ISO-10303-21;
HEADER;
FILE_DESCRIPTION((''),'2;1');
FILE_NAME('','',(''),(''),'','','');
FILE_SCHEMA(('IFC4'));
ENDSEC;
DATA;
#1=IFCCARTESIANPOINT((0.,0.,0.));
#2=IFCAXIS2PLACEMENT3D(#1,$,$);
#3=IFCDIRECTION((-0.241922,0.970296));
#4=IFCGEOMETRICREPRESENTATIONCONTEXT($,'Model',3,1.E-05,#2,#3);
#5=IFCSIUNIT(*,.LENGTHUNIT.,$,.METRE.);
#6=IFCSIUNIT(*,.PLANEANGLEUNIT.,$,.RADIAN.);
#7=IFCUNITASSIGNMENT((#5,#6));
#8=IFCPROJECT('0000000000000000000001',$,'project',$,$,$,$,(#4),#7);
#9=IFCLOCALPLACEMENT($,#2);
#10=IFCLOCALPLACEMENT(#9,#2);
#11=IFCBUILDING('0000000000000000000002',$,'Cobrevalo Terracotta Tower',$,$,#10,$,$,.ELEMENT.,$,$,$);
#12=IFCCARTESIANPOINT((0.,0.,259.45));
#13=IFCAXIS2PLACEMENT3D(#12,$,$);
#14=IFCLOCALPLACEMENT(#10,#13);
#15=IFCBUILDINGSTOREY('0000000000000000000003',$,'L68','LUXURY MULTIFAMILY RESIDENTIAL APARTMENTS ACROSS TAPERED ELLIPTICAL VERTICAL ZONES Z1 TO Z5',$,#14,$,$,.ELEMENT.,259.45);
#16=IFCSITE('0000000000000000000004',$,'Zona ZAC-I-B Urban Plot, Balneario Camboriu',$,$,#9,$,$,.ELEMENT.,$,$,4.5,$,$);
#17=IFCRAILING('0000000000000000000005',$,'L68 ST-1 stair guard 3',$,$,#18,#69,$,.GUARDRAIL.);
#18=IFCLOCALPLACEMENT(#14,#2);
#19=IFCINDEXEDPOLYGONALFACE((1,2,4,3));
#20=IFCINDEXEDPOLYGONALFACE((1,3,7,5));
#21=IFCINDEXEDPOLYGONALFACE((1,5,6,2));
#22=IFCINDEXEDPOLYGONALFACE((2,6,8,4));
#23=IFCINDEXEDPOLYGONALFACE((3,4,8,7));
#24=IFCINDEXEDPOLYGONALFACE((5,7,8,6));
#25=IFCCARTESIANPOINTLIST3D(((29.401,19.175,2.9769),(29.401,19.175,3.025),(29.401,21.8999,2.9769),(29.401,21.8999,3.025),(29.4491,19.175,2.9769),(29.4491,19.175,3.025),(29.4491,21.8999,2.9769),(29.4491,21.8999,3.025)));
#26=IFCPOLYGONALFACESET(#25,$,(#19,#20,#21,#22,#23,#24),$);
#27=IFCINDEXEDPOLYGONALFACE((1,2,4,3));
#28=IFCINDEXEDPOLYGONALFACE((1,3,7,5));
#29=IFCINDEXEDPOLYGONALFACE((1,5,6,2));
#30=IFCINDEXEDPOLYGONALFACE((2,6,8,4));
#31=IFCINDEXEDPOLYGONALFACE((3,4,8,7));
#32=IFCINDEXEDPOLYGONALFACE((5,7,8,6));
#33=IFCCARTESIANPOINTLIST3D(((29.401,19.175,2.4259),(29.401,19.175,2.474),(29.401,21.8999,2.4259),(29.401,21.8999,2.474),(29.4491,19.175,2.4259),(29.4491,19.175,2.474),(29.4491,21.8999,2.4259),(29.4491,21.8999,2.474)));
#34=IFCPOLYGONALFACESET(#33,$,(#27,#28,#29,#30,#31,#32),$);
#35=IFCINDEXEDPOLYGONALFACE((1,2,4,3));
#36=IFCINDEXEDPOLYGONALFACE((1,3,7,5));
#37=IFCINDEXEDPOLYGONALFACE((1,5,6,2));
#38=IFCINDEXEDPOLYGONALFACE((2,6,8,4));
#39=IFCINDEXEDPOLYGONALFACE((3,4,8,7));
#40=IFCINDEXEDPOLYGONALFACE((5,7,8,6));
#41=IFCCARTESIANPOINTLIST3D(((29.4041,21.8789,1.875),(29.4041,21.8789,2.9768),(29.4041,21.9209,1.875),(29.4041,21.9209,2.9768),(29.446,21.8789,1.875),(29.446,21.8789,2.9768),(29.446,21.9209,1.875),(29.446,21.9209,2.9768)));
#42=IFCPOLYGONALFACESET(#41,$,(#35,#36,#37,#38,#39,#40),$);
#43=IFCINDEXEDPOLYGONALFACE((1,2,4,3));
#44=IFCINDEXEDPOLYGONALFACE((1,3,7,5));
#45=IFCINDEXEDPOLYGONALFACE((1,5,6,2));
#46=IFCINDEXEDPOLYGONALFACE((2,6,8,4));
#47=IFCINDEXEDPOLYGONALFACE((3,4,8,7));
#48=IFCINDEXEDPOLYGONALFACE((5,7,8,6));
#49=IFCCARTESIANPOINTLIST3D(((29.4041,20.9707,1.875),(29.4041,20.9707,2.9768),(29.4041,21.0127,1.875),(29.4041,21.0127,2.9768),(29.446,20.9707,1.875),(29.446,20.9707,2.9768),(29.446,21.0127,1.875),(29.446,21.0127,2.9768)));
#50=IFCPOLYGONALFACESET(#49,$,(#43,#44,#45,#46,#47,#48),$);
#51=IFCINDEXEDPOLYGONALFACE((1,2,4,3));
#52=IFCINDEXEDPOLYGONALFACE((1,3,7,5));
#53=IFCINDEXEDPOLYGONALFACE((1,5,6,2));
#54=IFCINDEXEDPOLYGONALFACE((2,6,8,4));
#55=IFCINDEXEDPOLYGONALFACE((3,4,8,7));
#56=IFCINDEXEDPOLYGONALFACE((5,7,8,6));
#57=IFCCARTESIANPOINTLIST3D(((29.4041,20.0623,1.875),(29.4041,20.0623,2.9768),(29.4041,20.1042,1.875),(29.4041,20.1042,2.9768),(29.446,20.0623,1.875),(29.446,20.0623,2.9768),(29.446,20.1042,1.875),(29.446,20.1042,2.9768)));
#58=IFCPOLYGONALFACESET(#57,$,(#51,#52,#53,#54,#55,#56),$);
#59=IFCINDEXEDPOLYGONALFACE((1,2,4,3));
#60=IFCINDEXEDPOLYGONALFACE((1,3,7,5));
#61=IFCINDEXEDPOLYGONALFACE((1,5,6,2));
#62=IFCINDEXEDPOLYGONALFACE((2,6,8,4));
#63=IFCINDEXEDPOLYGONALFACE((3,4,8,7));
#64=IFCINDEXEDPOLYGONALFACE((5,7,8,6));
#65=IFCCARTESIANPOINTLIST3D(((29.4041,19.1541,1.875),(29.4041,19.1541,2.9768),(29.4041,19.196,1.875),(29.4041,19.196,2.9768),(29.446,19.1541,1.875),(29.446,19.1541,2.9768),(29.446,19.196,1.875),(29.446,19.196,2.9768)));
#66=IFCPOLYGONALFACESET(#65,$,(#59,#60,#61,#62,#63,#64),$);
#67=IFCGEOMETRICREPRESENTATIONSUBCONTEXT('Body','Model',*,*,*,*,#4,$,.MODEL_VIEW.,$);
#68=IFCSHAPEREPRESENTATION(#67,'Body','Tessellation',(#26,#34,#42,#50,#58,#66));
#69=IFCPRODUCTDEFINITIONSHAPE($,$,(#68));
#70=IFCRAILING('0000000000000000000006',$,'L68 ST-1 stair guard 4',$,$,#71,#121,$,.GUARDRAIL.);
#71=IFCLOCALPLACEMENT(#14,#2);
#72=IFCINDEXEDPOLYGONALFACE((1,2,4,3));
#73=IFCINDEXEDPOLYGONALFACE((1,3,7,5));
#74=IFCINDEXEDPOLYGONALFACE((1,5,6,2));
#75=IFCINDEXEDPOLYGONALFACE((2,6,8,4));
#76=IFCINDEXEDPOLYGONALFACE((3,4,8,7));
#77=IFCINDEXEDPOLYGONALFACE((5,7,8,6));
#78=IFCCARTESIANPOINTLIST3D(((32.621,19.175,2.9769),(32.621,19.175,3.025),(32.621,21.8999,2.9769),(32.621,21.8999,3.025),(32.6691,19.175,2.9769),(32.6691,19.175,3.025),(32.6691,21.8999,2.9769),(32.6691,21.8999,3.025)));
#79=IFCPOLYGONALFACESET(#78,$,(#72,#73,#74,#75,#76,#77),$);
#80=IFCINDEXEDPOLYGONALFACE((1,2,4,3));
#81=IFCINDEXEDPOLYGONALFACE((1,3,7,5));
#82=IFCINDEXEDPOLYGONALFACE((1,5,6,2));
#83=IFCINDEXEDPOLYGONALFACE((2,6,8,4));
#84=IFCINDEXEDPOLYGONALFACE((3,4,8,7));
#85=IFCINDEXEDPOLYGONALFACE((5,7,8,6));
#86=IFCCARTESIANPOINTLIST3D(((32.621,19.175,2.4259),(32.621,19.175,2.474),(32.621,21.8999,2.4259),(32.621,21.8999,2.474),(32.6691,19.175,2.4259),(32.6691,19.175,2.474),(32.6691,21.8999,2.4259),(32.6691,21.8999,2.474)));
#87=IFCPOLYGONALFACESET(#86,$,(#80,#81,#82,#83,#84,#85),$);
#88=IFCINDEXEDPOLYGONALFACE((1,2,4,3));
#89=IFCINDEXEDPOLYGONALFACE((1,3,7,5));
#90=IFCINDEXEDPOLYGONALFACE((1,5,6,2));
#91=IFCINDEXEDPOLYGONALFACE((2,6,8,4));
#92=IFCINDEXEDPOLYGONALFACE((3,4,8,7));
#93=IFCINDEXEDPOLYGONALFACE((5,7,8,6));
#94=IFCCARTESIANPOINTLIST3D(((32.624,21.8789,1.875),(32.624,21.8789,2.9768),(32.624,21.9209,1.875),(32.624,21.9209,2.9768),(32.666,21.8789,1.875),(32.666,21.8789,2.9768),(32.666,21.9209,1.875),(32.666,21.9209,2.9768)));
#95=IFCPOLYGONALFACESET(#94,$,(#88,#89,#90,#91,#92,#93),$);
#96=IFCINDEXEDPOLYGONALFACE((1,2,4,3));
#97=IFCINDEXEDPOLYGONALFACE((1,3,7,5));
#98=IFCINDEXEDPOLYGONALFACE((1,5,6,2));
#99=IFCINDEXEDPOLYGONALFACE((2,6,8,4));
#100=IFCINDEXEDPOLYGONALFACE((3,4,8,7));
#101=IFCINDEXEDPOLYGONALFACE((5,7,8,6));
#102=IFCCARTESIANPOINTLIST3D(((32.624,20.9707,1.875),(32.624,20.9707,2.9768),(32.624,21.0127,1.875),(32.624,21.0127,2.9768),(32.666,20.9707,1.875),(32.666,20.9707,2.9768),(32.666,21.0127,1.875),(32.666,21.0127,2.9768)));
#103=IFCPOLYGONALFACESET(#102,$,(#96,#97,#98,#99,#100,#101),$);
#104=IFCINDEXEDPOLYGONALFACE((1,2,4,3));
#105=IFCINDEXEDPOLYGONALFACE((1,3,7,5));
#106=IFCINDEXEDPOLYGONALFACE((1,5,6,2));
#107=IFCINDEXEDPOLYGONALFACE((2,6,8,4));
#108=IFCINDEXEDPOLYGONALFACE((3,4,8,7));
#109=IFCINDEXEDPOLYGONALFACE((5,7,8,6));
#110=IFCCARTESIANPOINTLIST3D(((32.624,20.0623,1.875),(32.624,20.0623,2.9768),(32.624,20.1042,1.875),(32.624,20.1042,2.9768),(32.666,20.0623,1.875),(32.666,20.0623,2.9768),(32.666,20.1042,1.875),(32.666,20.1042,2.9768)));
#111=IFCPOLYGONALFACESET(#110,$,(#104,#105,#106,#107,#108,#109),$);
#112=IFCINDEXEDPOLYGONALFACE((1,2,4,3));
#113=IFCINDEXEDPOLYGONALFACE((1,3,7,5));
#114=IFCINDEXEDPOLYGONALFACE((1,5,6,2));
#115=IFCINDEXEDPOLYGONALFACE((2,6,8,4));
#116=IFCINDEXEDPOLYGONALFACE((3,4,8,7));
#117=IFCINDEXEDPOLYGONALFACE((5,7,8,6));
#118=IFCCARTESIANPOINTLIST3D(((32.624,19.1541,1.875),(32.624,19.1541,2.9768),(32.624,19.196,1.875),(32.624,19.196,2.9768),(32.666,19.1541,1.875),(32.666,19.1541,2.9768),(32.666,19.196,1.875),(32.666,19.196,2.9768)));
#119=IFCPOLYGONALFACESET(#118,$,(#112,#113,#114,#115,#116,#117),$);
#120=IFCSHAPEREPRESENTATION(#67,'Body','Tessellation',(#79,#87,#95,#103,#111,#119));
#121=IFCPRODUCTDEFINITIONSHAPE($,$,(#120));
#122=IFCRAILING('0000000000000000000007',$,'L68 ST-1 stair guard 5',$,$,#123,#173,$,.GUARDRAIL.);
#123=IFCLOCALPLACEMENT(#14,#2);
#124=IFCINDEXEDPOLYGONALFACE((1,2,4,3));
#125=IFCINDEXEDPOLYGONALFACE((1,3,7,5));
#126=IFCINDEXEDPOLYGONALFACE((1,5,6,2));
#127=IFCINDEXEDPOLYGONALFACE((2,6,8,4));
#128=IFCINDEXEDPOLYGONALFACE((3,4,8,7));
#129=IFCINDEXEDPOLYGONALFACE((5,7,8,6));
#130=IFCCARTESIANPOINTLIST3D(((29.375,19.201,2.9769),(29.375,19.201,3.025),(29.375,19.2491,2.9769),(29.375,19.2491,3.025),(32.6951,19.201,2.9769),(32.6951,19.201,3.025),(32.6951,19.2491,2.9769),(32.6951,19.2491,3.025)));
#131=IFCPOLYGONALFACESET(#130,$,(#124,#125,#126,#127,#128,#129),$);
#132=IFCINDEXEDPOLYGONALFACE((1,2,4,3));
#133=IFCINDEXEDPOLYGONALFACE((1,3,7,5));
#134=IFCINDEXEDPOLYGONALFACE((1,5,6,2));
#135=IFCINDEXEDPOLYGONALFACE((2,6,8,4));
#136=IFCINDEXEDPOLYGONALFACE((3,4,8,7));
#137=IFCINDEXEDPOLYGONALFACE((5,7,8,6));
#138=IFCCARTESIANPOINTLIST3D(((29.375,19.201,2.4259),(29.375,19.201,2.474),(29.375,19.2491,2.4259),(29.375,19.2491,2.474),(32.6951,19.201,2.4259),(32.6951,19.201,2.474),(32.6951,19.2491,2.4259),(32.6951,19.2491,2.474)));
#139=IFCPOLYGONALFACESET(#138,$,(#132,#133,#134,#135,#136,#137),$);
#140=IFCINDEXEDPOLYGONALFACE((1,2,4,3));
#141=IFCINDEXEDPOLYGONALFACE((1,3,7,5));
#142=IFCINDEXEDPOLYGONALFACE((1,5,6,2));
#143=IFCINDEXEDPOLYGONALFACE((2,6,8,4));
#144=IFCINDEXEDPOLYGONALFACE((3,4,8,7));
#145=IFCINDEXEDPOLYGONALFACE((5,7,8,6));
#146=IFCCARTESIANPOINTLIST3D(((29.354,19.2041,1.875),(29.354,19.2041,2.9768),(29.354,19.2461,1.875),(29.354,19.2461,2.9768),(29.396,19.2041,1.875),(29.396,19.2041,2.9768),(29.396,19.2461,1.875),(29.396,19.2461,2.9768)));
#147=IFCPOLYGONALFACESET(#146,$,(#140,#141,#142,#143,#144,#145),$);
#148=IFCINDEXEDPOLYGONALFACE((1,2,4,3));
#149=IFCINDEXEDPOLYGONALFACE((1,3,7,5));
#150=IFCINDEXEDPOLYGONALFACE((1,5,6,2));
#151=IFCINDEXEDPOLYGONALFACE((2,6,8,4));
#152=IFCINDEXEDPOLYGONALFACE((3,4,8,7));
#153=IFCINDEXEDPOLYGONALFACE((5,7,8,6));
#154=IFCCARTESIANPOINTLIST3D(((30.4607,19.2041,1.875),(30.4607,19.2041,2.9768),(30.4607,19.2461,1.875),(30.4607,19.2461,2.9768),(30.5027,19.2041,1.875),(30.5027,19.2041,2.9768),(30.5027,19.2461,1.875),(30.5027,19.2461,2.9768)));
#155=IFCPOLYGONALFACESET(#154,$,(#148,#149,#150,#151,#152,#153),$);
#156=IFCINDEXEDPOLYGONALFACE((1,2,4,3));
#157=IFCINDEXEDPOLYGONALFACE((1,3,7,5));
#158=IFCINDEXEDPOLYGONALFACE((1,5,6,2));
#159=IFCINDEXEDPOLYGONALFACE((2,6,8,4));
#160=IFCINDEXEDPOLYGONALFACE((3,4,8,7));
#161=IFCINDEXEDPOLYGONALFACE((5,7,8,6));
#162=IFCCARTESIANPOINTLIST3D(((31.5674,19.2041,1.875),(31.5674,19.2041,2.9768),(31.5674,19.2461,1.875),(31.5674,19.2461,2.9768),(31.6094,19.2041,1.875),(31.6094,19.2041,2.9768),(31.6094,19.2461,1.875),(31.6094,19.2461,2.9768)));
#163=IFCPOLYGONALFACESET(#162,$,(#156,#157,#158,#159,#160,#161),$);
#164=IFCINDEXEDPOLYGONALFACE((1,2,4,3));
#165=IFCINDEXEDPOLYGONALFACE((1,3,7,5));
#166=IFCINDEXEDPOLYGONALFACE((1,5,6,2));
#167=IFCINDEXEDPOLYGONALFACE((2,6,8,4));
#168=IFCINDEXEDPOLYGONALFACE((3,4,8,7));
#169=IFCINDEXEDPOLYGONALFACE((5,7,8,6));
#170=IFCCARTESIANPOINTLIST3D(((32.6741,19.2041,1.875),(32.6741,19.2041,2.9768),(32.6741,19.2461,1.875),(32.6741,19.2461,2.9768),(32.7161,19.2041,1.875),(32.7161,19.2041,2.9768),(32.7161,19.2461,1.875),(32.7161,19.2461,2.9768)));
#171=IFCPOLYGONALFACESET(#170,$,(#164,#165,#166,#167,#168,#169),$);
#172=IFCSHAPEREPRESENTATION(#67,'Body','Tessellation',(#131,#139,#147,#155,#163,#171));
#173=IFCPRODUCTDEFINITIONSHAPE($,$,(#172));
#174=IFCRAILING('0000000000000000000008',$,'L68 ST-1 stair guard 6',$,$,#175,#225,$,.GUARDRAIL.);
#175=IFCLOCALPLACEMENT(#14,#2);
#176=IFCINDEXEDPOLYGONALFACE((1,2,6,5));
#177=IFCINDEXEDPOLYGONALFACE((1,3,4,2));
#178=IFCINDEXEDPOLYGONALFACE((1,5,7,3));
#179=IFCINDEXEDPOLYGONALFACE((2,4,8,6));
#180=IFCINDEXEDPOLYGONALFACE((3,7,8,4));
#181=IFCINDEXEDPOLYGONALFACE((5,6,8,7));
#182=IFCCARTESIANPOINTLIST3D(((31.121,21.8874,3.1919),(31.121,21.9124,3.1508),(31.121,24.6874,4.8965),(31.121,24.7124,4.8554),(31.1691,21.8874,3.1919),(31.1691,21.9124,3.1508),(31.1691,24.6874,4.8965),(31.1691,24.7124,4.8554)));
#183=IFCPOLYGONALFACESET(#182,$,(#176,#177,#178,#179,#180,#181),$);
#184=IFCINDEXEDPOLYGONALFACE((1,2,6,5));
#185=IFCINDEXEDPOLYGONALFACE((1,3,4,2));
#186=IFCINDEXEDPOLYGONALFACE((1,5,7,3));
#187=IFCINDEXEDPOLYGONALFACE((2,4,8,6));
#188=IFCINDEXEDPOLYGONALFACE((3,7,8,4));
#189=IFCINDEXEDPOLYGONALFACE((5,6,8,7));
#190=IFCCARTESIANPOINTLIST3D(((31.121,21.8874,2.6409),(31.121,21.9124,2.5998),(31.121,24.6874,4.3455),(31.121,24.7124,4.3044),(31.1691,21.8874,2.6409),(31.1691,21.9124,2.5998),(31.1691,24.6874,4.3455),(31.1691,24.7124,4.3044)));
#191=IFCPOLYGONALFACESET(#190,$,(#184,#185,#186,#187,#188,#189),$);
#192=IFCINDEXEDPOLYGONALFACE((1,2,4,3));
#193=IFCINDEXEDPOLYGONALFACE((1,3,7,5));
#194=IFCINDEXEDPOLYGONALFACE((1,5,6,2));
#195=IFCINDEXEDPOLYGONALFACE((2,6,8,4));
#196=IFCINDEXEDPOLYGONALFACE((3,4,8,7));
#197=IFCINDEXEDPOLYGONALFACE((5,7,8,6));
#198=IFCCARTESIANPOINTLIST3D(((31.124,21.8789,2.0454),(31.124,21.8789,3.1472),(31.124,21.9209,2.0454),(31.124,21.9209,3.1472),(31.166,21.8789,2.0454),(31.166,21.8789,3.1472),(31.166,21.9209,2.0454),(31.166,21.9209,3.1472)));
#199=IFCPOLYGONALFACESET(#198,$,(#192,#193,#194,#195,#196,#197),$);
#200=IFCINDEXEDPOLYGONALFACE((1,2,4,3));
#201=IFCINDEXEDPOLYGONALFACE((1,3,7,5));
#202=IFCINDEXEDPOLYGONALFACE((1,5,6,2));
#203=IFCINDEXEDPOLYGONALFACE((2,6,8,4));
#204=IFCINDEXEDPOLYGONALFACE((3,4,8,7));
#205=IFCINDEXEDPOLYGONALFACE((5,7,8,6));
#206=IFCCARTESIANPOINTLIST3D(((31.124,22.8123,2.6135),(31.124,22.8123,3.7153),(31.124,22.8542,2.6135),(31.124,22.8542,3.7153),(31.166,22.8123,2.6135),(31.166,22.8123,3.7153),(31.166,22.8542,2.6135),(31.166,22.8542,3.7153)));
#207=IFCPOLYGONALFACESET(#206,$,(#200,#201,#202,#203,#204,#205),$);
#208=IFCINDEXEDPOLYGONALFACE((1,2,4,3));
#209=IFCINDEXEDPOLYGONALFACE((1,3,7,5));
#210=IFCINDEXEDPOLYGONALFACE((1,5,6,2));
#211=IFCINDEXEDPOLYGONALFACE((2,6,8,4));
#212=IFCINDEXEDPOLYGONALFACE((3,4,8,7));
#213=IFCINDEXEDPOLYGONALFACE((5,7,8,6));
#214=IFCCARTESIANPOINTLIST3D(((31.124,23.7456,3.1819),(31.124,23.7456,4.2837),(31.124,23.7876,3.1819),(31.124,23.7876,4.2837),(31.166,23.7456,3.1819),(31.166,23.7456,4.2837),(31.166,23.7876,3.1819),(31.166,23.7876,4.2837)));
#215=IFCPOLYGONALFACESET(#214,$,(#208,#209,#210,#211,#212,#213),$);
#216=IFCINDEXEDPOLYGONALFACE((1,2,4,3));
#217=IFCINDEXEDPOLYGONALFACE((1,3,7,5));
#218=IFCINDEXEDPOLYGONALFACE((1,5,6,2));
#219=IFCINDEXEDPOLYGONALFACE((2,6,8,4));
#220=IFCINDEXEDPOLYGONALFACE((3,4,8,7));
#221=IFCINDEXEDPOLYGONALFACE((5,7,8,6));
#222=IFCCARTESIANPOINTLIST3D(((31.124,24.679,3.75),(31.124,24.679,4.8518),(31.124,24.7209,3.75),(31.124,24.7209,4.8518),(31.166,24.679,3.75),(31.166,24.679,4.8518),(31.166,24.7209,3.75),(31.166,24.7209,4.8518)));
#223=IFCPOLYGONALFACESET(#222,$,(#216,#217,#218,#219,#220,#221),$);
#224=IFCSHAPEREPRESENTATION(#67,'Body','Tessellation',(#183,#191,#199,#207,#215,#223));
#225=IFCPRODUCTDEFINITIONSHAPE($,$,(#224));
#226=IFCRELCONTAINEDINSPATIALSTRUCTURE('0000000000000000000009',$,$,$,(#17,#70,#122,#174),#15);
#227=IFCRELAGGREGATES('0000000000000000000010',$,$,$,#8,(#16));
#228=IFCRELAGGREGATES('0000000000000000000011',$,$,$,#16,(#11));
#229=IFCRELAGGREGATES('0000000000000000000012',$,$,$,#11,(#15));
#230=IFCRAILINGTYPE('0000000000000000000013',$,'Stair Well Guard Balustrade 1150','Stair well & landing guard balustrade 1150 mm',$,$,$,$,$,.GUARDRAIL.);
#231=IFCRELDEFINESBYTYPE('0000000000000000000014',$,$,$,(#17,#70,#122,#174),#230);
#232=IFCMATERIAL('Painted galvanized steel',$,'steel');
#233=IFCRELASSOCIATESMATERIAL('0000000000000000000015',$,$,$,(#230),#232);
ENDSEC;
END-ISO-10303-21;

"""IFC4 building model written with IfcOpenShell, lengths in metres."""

from ifc_helpers import new_model, si_unit, direction, frame, origin, origin_2d, place, context, subcontext, project, spatial, rectangle, extrude, material, type_object, element, save


model = new_model("IFC4")

# Units and contexts
model_context = context("Model", 3, precision=1e-05, world=origin(), true_north=direction((-0.241922, 0.970296)))
body_context = subcontext(model_context, "Body", "Model", "MODEL_VIEW")
ifc_project = project(units=[si_unit("LENGTHUNIT", "METRE"), si_unit("PLANEANGLEUNIT", "RADIAN")], contexts=[model_context])

# Site, building, storey
site_placement = place(None, origin())
site = spatial("IfcSite", under=ifc_project, at=site_placement, Name="Zona ZAC-I-B Urban Plot, Balneario Camboriu", CompositionType="ELEMENT", RefElevation=4.5)
building_placement = place(site_placement, origin())
building = spatial("IfcBuilding", under=site, at=building_placement, Name="Cobrevalo Terracotta Tower", CompositionType="ELEMENT")
storey_placement = place(building_placement, frame((0.0, 0.0, 259.45)))
storey = spatial("IfcBuildingStorey", under=building, at=storey_placement, Name="L68", Description="LUXURY MULTIFAMILY RESIDENTIAL APARTMENTS ACROSS TAPERED ELLIPTICAL VERTICAL ZONES Z1 TO Z5", CompositionType="ELEMENT", Elevation=259.45)

# Railings
ifc_material_1 = material(Name="Painted galvanized steel", Category="steel")
railing_type_1 = type_object("IfcRailingType", Name="Stair Well Guard Balustrade 1150", Description="Stair well & landing guard balustrade 1150 mm", PredefinedType="GUARDRAIL", material=ifc_material_1)
for number, where, name in (
    (1, (29.425, 21.8999, 1.875), "L68 ST-1 stair guard 3"),
    (2, (32.645, 21.8999, 1.875), "L68 ST-1 stair guard 4"),
):
    element("IfcRailing", number, at=place(storey_placement, frame(where)), inside=storey, type_object=railing_type_1, Name=name, PredefinedType="GUARDRAIL", context=body_context, shape_type="SweptSolid", body=[
        extrude(rectangle(XDim=0.0481, YDim=0.0481, at=origin_2d()), frame((0.0, 0.0, 1.126), z_axis=(0.0, -1.0, 0.0), x_axis=(1.0, 0.0, 0.0)), (0.0, 0.0, 1.0), 2.7249),
        extrude(rectangle(XDim=0.0481, YDim=0.0481, at=origin_2d()), frame((0.0, 0.0, 0.575), z_axis=(0.0, -1.0, 0.0), x_axis=(1.0, 0.0, 0.0)), (0.0, 0.0, 1.0), 2.7249),
        extrude(rectangle(XDim=0.042, YDim=0.042, at=origin_2d()), origin(), (0.0, 0.0, 1.0), 1.1018),
        extrude(rectangle(XDim=0.042, YDim=0.042, at=origin_2d()), frame((0.0, -0.9082, 0.0)), (0.0, 0.0, 1.0), 1.1018),
        extrude(rectangle(XDim=0.042, YDim=0.042, at=origin_2d()), frame((0.0, -1.8167, 0.0)), (0.0, 0.0, 1.0), 1.1018),
        extrude(rectangle(XDim=0.042, YDim=0.042, at=origin_2d()), frame((0.0, -2.7249, 0.0)), (0.0, 0.0, 1.0), 1.1018),
    ])
railing_1_placement = place(storey_placement, frame((29.375, 19.2251, 1.875)))
element("IfcRailing", 3, at=railing_1_placement, inside=storey, type_object=railing_type_1, Name="L68 ST-1 stair guard 5", PredefinedType="GUARDRAIL", context=body_context, shape_type="SweptSolid", body=[
    extrude(rectangle(XDim=0.0481, YDim=0.0481, at=origin_2d()), frame((0.0, 0.0, 1.126), z_axis=(1.0, 0.0, 0.0), x_axis=(0.0, 1.0, 0.0)), (0.0, 0.0, 1.0), 3.3201),
    extrude(rectangle(XDim=0.0481, YDim=0.0481, at=origin_2d()), frame((0.0, 0.0, 0.575), z_axis=(1.0, 0.0, 0.0), x_axis=(0.0, 1.0, 0.0)), (0.0, 0.0, 1.0), 3.3201),
    extrude(rectangle(XDim=0.042, YDim=0.042, at=origin_2d()), origin(), (0.0, 0.0, 1.0), 1.1018),
    extrude(rectangle(XDim=0.042, YDim=0.042, at=origin_2d()), frame((1.1067, 0.0, 0.0)), (0.0, 0.0, 1.0), 1.1018),
    extrude(rectangle(XDim=0.042, YDim=0.042, at=origin_2d()), frame((2.2134, 0.0, 0.0)), (0.0, 0.0, 1.0), 1.1018),
    extrude(rectangle(XDim=0.042, YDim=0.042, at=origin_2d()), frame((3.3201, 0.0, 0.0)), (0.0, 0.0, 1.0), 1.1018),
])
railing_2_placement = place(storey_placement, frame((31.145, 21.8999, 2.0454)))
element("IfcRailing", 4, at=railing_2_placement, inside=storey, type_object=railing_type_1, Name="L68 ST-1 stair guard 6", PredefinedType="GUARDRAIL", context=body_context, shape_type="SweptSolid", body=[
    extrude(rectangle(XDim=0.0481, YDim=0.0481, at=origin_2d()), frame((0.0, 0.0, 1.126), z_axis=(0.0, 0.85417, 0.519994), x_axis=(-1.0, 0.0, 0.0)), (0.0, 0.0, 1.0), 3.2781),
    extrude(rectangle(XDim=0.0481, YDim=0.0481, at=origin_2d()), frame((0.0, 0.0, 0.575), z_axis=(0.0, 0.85417, 0.519994), x_axis=(-1.0, 0.0, 0.0)), (0.0, 0.0, 1.0), 3.2781),
    extrude(rectangle(XDim=0.042, YDim=0.042, at=origin_2d()), origin(), (0.0, 0.0, 1.0), 1.1018),
    extrude(rectangle(XDim=0.042, YDim=0.042, at=origin_2d()), frame((0.0, 0.9333, 0.5681)), (0.0, 0.0, 1.0), 1.1018),
    extrude(rectangle(XDim=0.042, YDim=0.042, at=origin_2d()), frame((0.0, 1.8667, 1.1365)), (0.0, 0.0, 1.0), 1.1018),
    extrude(rectangle(XDim=0.042, YDim=0.042, at=origin_2d()), frame((0.0, 2.8, 1.7046)), (0.0, 0.0, 1.0), 1.1018),
])

save(model, "model.ifc")
